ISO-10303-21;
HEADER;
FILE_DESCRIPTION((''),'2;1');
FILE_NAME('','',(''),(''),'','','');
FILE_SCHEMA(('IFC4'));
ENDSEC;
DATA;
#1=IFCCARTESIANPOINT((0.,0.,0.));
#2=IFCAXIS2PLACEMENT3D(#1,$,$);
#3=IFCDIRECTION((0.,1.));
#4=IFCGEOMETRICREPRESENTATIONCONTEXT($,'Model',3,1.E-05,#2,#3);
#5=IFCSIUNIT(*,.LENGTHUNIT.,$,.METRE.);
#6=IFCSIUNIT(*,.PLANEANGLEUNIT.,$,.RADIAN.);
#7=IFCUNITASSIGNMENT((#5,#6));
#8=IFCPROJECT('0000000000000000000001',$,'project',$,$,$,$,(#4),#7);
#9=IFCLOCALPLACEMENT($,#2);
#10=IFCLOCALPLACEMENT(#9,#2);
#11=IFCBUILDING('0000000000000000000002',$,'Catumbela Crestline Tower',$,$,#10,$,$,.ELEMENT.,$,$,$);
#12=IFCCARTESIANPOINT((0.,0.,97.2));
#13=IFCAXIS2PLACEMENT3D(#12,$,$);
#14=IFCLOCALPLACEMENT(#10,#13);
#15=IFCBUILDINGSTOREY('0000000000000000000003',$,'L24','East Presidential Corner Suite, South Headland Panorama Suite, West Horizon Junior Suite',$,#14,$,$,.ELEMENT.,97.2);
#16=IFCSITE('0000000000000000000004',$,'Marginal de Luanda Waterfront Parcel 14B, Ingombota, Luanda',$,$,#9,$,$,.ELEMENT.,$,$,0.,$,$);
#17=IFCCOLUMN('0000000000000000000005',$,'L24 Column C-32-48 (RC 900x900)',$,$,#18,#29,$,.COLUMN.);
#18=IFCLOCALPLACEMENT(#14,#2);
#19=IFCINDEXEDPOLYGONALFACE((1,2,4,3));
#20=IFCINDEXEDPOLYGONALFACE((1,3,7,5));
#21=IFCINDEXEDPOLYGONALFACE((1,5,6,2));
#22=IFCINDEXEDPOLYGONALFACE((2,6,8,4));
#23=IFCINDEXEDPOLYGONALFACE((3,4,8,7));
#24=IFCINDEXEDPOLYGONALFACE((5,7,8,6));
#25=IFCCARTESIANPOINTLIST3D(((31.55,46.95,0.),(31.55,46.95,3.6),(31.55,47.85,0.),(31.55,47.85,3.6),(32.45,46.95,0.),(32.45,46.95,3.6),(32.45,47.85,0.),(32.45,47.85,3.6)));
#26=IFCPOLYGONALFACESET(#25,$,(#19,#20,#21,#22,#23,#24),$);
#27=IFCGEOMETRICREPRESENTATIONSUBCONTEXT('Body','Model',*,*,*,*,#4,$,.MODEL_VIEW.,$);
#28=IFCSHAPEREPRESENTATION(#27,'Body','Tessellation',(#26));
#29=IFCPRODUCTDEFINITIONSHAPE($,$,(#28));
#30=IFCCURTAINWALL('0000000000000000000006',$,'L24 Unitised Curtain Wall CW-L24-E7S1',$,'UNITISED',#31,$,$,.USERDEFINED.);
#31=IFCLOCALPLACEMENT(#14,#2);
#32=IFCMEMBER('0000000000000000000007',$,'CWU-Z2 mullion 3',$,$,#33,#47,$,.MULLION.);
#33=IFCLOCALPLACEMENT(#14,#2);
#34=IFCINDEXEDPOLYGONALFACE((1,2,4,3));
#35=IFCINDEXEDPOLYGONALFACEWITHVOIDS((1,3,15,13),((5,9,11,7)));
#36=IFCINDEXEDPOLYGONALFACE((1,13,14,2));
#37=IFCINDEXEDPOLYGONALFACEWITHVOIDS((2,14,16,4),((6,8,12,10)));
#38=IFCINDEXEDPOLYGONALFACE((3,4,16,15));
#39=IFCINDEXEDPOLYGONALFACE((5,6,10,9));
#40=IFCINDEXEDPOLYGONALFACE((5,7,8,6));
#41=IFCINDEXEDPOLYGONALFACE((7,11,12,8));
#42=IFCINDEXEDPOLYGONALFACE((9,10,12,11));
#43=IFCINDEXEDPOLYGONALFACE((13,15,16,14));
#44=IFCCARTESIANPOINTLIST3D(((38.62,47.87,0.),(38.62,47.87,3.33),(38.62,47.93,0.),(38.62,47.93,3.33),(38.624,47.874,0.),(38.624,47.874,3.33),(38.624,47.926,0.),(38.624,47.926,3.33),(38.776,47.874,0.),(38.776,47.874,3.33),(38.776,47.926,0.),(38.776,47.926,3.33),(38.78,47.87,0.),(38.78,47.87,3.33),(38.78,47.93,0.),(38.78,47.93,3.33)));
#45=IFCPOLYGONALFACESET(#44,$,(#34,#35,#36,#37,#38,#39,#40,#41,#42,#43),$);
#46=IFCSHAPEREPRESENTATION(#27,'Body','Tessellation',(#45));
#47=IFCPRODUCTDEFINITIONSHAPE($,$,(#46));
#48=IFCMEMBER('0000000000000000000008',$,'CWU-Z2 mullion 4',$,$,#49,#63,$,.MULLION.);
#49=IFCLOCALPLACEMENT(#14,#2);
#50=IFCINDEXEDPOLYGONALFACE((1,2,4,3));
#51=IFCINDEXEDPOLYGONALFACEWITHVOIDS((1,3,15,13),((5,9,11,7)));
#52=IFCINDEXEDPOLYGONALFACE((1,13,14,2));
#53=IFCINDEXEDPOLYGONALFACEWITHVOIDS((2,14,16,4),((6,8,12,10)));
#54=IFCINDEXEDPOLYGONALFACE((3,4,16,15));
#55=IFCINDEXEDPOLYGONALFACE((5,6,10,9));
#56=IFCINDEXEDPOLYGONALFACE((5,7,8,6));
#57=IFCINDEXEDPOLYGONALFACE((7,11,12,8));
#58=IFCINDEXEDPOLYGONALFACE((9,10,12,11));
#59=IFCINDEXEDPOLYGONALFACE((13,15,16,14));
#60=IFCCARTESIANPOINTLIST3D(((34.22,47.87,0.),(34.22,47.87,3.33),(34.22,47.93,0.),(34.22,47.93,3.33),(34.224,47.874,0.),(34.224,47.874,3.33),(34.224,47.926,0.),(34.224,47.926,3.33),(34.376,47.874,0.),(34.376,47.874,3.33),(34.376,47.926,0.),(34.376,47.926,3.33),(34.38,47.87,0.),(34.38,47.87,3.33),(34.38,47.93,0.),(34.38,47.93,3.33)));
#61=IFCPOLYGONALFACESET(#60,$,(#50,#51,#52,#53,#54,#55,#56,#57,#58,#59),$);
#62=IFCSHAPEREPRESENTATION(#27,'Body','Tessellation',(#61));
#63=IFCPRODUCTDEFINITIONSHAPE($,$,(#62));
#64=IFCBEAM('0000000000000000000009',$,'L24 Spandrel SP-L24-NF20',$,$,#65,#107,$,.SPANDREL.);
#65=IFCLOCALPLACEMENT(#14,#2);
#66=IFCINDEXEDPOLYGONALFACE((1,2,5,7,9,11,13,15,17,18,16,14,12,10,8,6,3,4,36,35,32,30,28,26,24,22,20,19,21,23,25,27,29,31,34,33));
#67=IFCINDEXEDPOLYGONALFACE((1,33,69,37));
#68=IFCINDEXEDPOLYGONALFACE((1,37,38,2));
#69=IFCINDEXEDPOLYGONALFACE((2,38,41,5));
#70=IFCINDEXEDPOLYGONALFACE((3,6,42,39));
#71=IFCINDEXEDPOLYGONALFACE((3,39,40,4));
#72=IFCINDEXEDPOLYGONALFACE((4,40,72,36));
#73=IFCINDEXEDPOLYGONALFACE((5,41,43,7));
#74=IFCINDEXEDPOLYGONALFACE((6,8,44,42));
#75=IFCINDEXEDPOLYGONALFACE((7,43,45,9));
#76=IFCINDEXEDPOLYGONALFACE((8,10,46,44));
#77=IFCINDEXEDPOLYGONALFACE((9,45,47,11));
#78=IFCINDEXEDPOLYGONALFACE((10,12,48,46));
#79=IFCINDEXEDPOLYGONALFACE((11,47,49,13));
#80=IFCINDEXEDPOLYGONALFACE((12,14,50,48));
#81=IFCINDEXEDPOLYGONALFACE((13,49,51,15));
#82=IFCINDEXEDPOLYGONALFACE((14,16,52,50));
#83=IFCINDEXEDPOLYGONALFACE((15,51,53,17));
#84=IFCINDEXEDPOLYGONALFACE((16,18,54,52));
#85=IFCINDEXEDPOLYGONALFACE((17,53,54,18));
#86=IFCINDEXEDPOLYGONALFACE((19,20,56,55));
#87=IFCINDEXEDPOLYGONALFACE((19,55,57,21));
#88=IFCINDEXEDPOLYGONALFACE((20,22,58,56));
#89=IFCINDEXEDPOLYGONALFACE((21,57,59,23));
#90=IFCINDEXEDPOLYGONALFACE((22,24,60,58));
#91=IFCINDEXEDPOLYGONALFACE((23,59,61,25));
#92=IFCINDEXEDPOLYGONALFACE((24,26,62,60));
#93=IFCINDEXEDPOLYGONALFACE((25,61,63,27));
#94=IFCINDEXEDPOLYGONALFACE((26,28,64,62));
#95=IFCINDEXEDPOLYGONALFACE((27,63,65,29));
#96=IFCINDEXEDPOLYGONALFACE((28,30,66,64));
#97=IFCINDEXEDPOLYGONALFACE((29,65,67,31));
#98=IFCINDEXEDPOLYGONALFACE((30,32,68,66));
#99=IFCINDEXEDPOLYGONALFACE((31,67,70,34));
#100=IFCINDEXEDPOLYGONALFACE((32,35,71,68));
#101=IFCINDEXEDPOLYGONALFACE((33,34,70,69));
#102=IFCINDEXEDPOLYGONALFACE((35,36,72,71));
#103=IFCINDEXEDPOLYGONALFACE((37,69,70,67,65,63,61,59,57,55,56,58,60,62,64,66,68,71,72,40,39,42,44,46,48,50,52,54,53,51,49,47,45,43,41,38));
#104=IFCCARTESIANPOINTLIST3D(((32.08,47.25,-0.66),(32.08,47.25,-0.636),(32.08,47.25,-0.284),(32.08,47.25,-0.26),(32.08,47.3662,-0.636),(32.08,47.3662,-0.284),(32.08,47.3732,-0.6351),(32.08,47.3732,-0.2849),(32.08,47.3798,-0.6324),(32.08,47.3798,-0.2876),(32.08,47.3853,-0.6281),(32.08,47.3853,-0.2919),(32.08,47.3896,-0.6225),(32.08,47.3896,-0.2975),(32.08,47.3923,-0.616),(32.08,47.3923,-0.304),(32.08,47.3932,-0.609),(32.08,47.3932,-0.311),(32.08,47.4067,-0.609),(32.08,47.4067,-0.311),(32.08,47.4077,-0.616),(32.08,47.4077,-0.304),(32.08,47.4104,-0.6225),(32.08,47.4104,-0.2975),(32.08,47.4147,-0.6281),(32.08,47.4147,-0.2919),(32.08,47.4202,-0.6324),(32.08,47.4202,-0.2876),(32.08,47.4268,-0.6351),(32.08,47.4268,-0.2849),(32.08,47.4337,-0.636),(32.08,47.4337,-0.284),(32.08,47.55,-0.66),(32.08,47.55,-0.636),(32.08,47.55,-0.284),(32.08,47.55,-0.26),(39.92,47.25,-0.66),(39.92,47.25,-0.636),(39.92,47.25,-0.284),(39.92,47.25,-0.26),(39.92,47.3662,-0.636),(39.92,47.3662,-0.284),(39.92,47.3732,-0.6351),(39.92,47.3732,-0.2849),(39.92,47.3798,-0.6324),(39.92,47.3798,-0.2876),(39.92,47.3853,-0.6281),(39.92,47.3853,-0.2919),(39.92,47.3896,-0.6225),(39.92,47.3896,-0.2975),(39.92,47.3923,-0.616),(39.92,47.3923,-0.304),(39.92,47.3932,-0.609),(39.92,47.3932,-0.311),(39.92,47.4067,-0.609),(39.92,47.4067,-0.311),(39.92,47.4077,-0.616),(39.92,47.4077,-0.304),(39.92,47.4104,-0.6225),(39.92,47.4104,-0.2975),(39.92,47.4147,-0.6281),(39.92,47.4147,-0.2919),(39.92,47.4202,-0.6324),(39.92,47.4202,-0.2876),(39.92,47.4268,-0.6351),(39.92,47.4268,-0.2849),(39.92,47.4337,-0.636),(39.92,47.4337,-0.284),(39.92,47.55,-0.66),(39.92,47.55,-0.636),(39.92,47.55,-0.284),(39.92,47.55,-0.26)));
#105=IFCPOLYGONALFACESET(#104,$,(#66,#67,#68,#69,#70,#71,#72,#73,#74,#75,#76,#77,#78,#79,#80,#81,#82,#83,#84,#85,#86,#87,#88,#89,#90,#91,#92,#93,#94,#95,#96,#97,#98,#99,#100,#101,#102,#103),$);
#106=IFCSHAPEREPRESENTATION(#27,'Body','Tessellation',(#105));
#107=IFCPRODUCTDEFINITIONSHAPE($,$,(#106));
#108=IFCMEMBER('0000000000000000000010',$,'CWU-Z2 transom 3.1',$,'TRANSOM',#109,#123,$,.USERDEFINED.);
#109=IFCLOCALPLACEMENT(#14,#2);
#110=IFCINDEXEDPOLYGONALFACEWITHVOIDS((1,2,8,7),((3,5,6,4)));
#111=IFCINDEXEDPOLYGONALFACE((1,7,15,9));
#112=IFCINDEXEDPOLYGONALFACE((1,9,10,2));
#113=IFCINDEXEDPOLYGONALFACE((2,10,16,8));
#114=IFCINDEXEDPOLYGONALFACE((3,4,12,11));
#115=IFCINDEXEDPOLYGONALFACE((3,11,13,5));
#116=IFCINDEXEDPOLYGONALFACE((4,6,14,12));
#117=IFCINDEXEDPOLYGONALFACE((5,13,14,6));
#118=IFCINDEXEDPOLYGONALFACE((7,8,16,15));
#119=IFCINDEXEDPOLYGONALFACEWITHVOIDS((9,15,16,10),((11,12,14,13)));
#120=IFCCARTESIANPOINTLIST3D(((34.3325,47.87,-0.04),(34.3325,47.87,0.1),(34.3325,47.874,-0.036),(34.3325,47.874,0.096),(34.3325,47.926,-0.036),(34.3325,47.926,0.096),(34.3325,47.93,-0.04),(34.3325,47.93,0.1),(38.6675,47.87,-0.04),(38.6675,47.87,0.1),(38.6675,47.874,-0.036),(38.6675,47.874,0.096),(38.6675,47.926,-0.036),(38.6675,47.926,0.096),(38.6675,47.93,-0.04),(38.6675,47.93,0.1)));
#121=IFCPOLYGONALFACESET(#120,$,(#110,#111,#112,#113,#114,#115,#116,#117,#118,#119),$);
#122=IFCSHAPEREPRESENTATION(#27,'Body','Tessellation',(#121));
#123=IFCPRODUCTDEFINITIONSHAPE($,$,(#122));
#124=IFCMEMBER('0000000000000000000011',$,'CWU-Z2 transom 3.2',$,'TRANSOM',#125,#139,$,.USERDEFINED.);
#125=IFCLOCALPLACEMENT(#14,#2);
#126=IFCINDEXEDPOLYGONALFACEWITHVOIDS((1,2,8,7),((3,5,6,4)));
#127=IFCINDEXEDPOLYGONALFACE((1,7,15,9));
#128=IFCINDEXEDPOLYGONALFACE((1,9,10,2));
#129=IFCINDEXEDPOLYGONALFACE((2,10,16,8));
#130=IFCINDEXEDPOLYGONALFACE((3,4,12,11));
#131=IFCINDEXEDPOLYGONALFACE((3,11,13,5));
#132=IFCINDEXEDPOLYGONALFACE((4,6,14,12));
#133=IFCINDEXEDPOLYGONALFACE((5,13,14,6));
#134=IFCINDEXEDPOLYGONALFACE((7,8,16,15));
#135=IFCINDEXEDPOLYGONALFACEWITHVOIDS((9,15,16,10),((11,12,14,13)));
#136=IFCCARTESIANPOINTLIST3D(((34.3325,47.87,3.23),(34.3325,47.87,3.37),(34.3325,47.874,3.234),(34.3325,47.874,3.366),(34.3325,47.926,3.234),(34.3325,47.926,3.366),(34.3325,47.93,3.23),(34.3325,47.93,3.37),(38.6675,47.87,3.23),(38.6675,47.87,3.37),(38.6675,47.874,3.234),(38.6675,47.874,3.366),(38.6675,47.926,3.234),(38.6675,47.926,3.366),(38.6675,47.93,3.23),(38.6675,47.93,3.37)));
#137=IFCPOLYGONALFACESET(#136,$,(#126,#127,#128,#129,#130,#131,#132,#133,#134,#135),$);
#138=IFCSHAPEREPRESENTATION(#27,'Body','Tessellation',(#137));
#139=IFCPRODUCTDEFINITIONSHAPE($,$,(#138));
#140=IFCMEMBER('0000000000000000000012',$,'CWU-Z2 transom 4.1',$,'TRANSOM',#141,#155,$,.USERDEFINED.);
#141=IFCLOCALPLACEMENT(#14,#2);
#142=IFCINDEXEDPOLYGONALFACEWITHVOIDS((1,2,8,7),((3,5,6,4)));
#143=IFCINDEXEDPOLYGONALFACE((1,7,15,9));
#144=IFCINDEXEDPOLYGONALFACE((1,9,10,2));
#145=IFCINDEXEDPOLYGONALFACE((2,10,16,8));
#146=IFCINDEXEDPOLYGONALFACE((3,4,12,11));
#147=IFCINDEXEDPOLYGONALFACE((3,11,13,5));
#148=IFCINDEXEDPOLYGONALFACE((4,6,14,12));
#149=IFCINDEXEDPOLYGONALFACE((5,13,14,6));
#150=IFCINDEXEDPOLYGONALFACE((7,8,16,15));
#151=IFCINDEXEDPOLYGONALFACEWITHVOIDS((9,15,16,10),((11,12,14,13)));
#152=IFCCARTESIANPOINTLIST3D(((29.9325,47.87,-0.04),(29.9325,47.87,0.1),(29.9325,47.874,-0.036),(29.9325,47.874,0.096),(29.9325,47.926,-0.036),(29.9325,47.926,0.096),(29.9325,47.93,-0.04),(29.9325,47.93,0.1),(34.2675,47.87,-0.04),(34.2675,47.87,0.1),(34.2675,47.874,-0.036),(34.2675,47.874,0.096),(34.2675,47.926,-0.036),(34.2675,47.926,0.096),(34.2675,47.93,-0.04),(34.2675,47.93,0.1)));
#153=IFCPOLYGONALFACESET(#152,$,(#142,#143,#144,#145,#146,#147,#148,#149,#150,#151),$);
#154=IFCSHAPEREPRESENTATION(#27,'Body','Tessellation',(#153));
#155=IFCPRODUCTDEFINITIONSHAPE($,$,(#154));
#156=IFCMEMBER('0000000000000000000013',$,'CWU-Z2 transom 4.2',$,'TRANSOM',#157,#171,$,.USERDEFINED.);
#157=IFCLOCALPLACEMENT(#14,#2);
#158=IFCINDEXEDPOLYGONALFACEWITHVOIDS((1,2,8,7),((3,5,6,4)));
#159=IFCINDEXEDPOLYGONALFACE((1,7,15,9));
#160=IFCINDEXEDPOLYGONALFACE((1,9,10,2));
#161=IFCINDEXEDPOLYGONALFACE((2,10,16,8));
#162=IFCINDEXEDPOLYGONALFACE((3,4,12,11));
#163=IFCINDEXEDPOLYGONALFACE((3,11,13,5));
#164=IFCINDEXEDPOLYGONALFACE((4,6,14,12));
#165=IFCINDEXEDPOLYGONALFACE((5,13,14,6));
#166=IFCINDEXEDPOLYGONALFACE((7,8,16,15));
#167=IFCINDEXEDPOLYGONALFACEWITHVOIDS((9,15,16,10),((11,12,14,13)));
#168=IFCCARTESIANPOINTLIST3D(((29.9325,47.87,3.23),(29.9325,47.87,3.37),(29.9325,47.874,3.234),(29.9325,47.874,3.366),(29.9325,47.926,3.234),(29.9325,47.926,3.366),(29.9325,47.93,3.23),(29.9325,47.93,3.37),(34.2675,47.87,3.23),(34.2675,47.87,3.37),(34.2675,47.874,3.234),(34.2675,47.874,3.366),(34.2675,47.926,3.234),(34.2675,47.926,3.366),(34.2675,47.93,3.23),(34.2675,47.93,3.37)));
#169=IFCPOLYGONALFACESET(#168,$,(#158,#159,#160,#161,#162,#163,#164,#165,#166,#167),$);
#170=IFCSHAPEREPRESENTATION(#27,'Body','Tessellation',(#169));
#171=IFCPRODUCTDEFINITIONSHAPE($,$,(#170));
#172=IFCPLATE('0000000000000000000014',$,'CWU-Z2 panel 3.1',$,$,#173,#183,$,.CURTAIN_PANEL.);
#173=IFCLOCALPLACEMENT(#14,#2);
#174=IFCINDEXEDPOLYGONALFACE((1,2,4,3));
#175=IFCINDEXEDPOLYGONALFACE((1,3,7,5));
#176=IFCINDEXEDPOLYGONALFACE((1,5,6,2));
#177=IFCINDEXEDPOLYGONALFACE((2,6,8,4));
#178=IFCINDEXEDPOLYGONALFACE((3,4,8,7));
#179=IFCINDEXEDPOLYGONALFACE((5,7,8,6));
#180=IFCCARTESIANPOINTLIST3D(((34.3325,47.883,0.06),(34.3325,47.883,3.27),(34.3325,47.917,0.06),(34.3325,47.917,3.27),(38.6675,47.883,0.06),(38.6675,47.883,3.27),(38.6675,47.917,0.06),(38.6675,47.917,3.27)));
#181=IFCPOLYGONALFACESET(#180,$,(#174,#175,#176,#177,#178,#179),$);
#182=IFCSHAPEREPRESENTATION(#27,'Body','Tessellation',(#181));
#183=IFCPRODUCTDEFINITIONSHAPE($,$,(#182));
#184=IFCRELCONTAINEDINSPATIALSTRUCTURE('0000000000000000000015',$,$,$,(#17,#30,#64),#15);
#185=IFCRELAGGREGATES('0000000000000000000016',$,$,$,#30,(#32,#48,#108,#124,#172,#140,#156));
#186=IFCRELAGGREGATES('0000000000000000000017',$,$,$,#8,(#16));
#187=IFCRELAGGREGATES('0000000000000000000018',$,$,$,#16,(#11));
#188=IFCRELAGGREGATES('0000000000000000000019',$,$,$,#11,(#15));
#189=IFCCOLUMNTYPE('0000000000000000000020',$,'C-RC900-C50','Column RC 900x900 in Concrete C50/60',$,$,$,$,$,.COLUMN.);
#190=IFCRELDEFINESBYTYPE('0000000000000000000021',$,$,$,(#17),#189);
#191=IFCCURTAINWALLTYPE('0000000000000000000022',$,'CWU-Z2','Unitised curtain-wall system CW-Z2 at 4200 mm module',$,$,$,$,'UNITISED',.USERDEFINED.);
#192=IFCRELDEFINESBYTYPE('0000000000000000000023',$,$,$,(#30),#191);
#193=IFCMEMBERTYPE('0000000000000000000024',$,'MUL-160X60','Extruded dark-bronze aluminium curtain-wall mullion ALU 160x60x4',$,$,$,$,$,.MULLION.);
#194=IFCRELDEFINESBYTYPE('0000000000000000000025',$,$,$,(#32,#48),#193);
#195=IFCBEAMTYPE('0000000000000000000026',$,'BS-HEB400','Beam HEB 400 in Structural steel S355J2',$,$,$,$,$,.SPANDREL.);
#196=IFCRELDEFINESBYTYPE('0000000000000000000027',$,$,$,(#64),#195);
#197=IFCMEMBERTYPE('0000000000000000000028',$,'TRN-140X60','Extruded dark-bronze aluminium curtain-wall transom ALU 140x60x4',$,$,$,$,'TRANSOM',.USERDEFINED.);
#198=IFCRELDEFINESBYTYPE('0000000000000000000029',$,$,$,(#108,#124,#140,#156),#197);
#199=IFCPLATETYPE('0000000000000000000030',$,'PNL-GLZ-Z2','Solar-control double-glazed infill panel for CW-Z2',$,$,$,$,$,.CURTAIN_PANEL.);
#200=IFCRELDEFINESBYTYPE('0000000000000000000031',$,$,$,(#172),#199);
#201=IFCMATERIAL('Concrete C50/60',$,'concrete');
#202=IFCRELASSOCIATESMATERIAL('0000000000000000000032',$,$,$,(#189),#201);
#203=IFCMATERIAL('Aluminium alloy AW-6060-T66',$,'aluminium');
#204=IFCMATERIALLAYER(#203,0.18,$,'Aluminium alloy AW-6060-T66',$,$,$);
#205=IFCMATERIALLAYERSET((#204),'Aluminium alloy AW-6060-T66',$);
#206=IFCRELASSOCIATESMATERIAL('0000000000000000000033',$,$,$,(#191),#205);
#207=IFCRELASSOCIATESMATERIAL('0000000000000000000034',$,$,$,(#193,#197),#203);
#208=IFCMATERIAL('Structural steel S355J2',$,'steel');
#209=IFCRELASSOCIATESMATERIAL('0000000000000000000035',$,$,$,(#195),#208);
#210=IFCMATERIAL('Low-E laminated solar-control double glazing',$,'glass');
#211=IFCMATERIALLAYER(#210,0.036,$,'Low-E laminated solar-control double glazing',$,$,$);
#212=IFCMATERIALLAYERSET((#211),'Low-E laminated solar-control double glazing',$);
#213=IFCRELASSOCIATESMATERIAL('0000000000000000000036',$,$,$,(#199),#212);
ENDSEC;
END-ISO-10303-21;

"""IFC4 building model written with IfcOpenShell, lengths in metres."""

from ifc_helpers import new_model, si_unit, direction, frame, origin, origin_2d, place, context, subcontext, project, spatial, rectangle, hollow_rectangle, i_section, extrude, material, layer, layer_set, material_profile, profile_set, type_object, element, aggregate, save


model = new_model("IFC4")

# Units and contexts
model_context = context("Model", 3, precision=1e-05, world=origin(), true_north=direction((0.0, 1.0)))
body_context = subcontext(model_context, "Body", "Model", "MODEL_VIEW")
ifc_project = project(units=[si_unit("LENGTHUNIT", "METRE"), si_unit("PLANEANGLEUNIT", "RADIAN")], contexts=[model_context])

# Site, building, storey
site_placement = place(None, origin())
site = spatial("IfcSite", under=ifc_project, at=site_placement, Name="Marginal de Luanda Waterfront Parcel 14B, Ingombota, Luanda", CompositionType="ELEMENT", RefElevation=0.0)
building_placement = place(site_placement, origin())
building = spatial("IfcBuilding", under=site, at=building_placement, Name="Catumbela Crestline Tower", CompositionType="ELEMENT")
storey_placement = place(building_placement, frame((0.0, 0.0, 97.2)))
storey = spatial("IfcBuildingStorey", under=building, at=storey_placement, Name="L24", Description="East Presidential Corner Suite, South Headland Panorama Suite, West Horizon Junior Suite", CompositionType="ELEMENT", Elevation=97.2)

# Column
ifc_material_1 = material(Name="Concrete C50/60", Category="concrete")
ifc_material_profile_1 = material_profile(ifc_material_1, rectangle(XDim=0.9, YDim=0.9, at=origin_2d()), Name="RC 900x900")
ifc_profile_set_1 = profile_set([ifc_material_profile_1], Name="Concrete C50/60")
column_type = type_object("IfcColumnType", Name="C-RC900-C50", Description="Column RC 900x900 in Concrete C50/60", PredefinedType="COLUMN", material=ifc_profile_set_1)
column_placement = place(storey_placement, frame((32.0, 47.4, 0.0), z_axis=(0.0, 0.0, 1.0), x_axis=(1.0, 0.0, 0.0)))
element("IfcColumn", 1, at=column_placement, inside=storey, type_object=column_type, Name="L24 Column C-32-48 (RC 900x900)", PredefinedType="COLUMN", context=body_context, shape_type="SweptSolid", body=[
    extrude(rectangle(XDim=0.9, YDim=0.9, at=origin_2d()), origin(), (0.0, 0.0, 1.0), 3.6),
])

# Curtain wall, members
ifc_material_2 = material(Name="Aluminium alloy AW-6060-T66", Category="aluminium")
ifc_layer_1 = layer(ifc_material_2, 0.18, Name="Aluminium alloy AW-6060-T66")
ifc_layer_set_1 = layer_set([ifc_layer_1], Name="Aluminium alloy AW-6060-T66")
curtain_wall_type = type_object("IfcCurtainWallType", Name="CWU-Z2", Description="Unitised curtain-wall system CW-Z2 at 4200 mm module", ElementType="UNITISED", PredefinedType="USERDEFINED", material=ifc_layer_set_1)
curtain_wall_placement = place(storey_placement, origin())
curtain_wall = element("IfcCurtainWall", 2, at=curtain_wall_placement, inside=storey, type_object=curtain_wall_type, Name="L24 Unitised Curtain Wall CW-L24-E7S1", ObjectType="UNITISED", PredefinedType="USERDEFINED")
ifc_material_profile_2 = material_profile(ifc_material_2, hollow_rectangle(XDim=0.06, YDim=0.16, WallThickness=0.004, at=origin_2d()), Name="ALU 160x60x4")
ifc_profile_set_2 = profile_set([ifc_material_profile_2], Name="Aluminium alloy AW-6060-T66")
member_type_1 = type_object("IfcMemberType", Name="MUL-160X60", Description="Extruded dark-bronze aluminium curtain-wall mullion ALU 160x60x4", PredefinedType="MULLION", material=ifc_profile_set_2)
member_1_placement = place(storey_placement, frame((38.7, 47.9, 0.0), z_axis=(0.0, 0.0, 1.0), x_axis=(0.0, -1.0, 0.0)))
member_1 = element("IfcMember", 3, at=member_1_placement, type_object=member_type_1, Name="CWU-Z2 mullion 3", PredefinedType="MULLION", context=body_context, shape_type="SweptSolid", body=[
    extrude(hollow_rectangle(XDim=0.06, YDim=0.16, WallThickness=0.004, at=origin_2d()), origin(), (0.0, 0.0, 1.0), 3.33),
])
member_2_placement = place(storey_placement, frame((34.3, 47.9, 0.0), z_axis=(0.0, 0.0, 1.0), x_axis=(0.0, -1.0, 0.0)))
member_2 = element("IfcMember", 4, at=member_2_placement, type_object=member_type_1, Name="CWU-Z2 mullion 4", PredefinedType="MULLION", context=body_context, shape_type="SweptSolid", body=[
    extrude(hollow_rectangle(XDim=0.06, YDim=0.16, WallThickness=0.004, at=origin_2d()), origin(), (0.0, 0.0, 1.0), 3.33),
])

# Beam
ifc_material_3 = material(Name="Structural steel S355J2", Category="steel")
ifc_material_profile_3 = material_profile(ifc_material_3, i_section(OverallWidth=0.3, OverallDepth=0.4, WebThickness=0.0135, FlangeThickness=0.024, FilletRadius=0.027, at=origin_2d()), Name="HEB 400")
ifc_profile_set_3 = profile_set([ifc_material_profile_3], Name="Structural steel S355J2")
beam_type = type_object("IfcBeamType", Name="BS-HEB400", Description="Beam HEB 400 in Structural steel S355J2", PredefinedType="SPANDREL", material=ifc_profile_set_3)
beam_placement = place(storey_placement, frame((32.08, 47.4, -0.46), z_axis=(1.0, 0.0, 0.0), x_axis=(0.0, 1.0, 0.0)))
element("IfcBeam", 5, at=beam_placement, inside=storey, type_object=beam_type, Name="L24 Spandrel SP-L24-NF20", PredefinedType="SPANDREL", context=body_context, shape_type="SweptSolid", body=[
    extrude(i_section(OverallWidth=0.3, OverallDepth=0.4, WebThickness=0.0135, FlangeThickness=0.024, FilletRadius=0.027, at=origin_2d()), origin(), (0.0, 0.0, 1.0), 7.84),
])

# Members
ifc_material_profile_4 = material_profile(ifc_material_2, hollow_rectangle(XDim=0.06, YDim=0.14, WallThickness=0.004, at=origin_2d()), Name="ALU 140x60x4")
ifc_profile_set_4 = profile_set([ifc_material_profile_4], Name="Aluminium alloy AW-6060-T66")
member_type_2 = type_object("IfcMemberType", Name="TRN-140X60", Description="Extruded dark-bronze aluminium curtain-wall transom ALU 140x60x4", ElementType="TRANSOM", PredefinedType="USERDEFINED", material=ifc_profile_set_4)
member_3_placement = place(storey_placement, frame((38.6675, 47.9, 0.03), z_axis=(-1.0, 0.0, 0.0), x_axis=(0.0, -1.0, 0.0)))
member_3 = element("IfcMember", 6, at=member_3_placement, type_object=member_type_2, Name="CWU-Z2 transom 3.1", ObjectType="TRANSOM", PredefinedType="USERDEFINED", context=body_context, shape_type="SweptSolid", body=[
    extrude(hollow_rectangle(XDim=0.06, YDim=0.14, WallThickness=0.004, at=origin_2d()), origin(), (0.0, 0.0, 1.0), 4.335),
])
member_4_placement = place(storey_placement, frame((38.6675, 47.9, 3.3), z_axis=(-1.0, 0.0, 0.0), x_axis=(0.0, -1.0, 0.0)))
member_4 = element("IfcMember", 7, at=member_4_placement, type_object=member_type_2, Name="CWU-Z2 transom 3.2", ObjectType="TRANSOM", PredefinedType="USERDEFINED", context=body_context, shape_type="SweptSolid", body=[
    extrude(hollow_rectangle(XDim=0.06, YDim=0.14, WallThickness=0.004, at=origin_2d()), origin(), (0.0, 0.0, 1.0), 4.335),
])
member_5_placement = place(storey_placement, frame((34.2675, 47.9, 0.03), z_axis=(-1.0, 0.0, 0.0), x_axis=(0.0, -1.0, 0.0)))
member_5 = element("IfcMember", 8, at=member_5_placement, type_object=member_type_2, Name="CWU-Z2 transom 4.1", ObjectType="TRANSOM", PredefinedType="USERDEFINED", context=body_context, shape_type="SweptSolid", body=[
    extrude(hollow_rectangle(XDim=0.06, YDim=0.14, WallThickness=0.004, at=origin_2d()), origin(), (0.0, 0.0, 1.0), 4.335),
])
member_6_placement = place(storey_placement, frame((34.2675, 47.9, 3.3), z_axis=(-1.0, 0.0, 0.0), x_axis=(0.0, -1.0, 0.0)))
member_6 = element("IfcMember", 9, at=member_6_placement, type_object=member_type_2, Name="CWU-Z2 transom 4.2", ObjectType="TRANSOM", PredefinedType="USERDEFINED", context=body_context, shape_type="SweptSolid", body=[
    extrude(hollow_rectangle(XDim=0.06, YDim=0.14, WallThickness=0.004, at=origin_2d()), origin(), (0.0, 0.0, 1.0), 4.335),
])

# Plate
ifc_material_4 = material(Name="Low-E laminated solar-control double glazing", Category="glass")
ifc_layer_2 = layer(ifc_material_4, 0.036, Name="Low-E laminated solar-control double glazing")
ifc_layer_set_2 = layer_set([ifc_layer_2], Name="Low-E laminated solar-control double glazing")
plate_type = type_object("IfcPlateType", Name="PNL-GLZ-Z2", Description="Solar-control double-glazed infill panel for CW-Z2", PredefinedType="CURTAIN_PANEL", material=ifc_layer_set_2)
plate_1_placement = place(storey_placement, frame((36.5, 47.9, 0.06), z_axis=(0.0, 0.0, 1.0), x_axis=(-1.0, 0.0, 0.0)))
plate_1 = element("IfcPlate", 10, at=plate_1_placement, type_object=plate_type, Name="CWU-Z2 panel 3.1", PredefinedType="CURTAIN_PANEL", context=body_context, shape_type="SweptSolid", body=[
    extrude(rectangle(XDim=4.335, YDim=0.034, at=origin_2d()), origin(), (0.0, 0.0, 1.0), 3.21),
])
aggregate(curtain_wall, [member_1, member_2, member_3, member_4, plate_1, member_5, member_6])

save(model, "model.ifc")
